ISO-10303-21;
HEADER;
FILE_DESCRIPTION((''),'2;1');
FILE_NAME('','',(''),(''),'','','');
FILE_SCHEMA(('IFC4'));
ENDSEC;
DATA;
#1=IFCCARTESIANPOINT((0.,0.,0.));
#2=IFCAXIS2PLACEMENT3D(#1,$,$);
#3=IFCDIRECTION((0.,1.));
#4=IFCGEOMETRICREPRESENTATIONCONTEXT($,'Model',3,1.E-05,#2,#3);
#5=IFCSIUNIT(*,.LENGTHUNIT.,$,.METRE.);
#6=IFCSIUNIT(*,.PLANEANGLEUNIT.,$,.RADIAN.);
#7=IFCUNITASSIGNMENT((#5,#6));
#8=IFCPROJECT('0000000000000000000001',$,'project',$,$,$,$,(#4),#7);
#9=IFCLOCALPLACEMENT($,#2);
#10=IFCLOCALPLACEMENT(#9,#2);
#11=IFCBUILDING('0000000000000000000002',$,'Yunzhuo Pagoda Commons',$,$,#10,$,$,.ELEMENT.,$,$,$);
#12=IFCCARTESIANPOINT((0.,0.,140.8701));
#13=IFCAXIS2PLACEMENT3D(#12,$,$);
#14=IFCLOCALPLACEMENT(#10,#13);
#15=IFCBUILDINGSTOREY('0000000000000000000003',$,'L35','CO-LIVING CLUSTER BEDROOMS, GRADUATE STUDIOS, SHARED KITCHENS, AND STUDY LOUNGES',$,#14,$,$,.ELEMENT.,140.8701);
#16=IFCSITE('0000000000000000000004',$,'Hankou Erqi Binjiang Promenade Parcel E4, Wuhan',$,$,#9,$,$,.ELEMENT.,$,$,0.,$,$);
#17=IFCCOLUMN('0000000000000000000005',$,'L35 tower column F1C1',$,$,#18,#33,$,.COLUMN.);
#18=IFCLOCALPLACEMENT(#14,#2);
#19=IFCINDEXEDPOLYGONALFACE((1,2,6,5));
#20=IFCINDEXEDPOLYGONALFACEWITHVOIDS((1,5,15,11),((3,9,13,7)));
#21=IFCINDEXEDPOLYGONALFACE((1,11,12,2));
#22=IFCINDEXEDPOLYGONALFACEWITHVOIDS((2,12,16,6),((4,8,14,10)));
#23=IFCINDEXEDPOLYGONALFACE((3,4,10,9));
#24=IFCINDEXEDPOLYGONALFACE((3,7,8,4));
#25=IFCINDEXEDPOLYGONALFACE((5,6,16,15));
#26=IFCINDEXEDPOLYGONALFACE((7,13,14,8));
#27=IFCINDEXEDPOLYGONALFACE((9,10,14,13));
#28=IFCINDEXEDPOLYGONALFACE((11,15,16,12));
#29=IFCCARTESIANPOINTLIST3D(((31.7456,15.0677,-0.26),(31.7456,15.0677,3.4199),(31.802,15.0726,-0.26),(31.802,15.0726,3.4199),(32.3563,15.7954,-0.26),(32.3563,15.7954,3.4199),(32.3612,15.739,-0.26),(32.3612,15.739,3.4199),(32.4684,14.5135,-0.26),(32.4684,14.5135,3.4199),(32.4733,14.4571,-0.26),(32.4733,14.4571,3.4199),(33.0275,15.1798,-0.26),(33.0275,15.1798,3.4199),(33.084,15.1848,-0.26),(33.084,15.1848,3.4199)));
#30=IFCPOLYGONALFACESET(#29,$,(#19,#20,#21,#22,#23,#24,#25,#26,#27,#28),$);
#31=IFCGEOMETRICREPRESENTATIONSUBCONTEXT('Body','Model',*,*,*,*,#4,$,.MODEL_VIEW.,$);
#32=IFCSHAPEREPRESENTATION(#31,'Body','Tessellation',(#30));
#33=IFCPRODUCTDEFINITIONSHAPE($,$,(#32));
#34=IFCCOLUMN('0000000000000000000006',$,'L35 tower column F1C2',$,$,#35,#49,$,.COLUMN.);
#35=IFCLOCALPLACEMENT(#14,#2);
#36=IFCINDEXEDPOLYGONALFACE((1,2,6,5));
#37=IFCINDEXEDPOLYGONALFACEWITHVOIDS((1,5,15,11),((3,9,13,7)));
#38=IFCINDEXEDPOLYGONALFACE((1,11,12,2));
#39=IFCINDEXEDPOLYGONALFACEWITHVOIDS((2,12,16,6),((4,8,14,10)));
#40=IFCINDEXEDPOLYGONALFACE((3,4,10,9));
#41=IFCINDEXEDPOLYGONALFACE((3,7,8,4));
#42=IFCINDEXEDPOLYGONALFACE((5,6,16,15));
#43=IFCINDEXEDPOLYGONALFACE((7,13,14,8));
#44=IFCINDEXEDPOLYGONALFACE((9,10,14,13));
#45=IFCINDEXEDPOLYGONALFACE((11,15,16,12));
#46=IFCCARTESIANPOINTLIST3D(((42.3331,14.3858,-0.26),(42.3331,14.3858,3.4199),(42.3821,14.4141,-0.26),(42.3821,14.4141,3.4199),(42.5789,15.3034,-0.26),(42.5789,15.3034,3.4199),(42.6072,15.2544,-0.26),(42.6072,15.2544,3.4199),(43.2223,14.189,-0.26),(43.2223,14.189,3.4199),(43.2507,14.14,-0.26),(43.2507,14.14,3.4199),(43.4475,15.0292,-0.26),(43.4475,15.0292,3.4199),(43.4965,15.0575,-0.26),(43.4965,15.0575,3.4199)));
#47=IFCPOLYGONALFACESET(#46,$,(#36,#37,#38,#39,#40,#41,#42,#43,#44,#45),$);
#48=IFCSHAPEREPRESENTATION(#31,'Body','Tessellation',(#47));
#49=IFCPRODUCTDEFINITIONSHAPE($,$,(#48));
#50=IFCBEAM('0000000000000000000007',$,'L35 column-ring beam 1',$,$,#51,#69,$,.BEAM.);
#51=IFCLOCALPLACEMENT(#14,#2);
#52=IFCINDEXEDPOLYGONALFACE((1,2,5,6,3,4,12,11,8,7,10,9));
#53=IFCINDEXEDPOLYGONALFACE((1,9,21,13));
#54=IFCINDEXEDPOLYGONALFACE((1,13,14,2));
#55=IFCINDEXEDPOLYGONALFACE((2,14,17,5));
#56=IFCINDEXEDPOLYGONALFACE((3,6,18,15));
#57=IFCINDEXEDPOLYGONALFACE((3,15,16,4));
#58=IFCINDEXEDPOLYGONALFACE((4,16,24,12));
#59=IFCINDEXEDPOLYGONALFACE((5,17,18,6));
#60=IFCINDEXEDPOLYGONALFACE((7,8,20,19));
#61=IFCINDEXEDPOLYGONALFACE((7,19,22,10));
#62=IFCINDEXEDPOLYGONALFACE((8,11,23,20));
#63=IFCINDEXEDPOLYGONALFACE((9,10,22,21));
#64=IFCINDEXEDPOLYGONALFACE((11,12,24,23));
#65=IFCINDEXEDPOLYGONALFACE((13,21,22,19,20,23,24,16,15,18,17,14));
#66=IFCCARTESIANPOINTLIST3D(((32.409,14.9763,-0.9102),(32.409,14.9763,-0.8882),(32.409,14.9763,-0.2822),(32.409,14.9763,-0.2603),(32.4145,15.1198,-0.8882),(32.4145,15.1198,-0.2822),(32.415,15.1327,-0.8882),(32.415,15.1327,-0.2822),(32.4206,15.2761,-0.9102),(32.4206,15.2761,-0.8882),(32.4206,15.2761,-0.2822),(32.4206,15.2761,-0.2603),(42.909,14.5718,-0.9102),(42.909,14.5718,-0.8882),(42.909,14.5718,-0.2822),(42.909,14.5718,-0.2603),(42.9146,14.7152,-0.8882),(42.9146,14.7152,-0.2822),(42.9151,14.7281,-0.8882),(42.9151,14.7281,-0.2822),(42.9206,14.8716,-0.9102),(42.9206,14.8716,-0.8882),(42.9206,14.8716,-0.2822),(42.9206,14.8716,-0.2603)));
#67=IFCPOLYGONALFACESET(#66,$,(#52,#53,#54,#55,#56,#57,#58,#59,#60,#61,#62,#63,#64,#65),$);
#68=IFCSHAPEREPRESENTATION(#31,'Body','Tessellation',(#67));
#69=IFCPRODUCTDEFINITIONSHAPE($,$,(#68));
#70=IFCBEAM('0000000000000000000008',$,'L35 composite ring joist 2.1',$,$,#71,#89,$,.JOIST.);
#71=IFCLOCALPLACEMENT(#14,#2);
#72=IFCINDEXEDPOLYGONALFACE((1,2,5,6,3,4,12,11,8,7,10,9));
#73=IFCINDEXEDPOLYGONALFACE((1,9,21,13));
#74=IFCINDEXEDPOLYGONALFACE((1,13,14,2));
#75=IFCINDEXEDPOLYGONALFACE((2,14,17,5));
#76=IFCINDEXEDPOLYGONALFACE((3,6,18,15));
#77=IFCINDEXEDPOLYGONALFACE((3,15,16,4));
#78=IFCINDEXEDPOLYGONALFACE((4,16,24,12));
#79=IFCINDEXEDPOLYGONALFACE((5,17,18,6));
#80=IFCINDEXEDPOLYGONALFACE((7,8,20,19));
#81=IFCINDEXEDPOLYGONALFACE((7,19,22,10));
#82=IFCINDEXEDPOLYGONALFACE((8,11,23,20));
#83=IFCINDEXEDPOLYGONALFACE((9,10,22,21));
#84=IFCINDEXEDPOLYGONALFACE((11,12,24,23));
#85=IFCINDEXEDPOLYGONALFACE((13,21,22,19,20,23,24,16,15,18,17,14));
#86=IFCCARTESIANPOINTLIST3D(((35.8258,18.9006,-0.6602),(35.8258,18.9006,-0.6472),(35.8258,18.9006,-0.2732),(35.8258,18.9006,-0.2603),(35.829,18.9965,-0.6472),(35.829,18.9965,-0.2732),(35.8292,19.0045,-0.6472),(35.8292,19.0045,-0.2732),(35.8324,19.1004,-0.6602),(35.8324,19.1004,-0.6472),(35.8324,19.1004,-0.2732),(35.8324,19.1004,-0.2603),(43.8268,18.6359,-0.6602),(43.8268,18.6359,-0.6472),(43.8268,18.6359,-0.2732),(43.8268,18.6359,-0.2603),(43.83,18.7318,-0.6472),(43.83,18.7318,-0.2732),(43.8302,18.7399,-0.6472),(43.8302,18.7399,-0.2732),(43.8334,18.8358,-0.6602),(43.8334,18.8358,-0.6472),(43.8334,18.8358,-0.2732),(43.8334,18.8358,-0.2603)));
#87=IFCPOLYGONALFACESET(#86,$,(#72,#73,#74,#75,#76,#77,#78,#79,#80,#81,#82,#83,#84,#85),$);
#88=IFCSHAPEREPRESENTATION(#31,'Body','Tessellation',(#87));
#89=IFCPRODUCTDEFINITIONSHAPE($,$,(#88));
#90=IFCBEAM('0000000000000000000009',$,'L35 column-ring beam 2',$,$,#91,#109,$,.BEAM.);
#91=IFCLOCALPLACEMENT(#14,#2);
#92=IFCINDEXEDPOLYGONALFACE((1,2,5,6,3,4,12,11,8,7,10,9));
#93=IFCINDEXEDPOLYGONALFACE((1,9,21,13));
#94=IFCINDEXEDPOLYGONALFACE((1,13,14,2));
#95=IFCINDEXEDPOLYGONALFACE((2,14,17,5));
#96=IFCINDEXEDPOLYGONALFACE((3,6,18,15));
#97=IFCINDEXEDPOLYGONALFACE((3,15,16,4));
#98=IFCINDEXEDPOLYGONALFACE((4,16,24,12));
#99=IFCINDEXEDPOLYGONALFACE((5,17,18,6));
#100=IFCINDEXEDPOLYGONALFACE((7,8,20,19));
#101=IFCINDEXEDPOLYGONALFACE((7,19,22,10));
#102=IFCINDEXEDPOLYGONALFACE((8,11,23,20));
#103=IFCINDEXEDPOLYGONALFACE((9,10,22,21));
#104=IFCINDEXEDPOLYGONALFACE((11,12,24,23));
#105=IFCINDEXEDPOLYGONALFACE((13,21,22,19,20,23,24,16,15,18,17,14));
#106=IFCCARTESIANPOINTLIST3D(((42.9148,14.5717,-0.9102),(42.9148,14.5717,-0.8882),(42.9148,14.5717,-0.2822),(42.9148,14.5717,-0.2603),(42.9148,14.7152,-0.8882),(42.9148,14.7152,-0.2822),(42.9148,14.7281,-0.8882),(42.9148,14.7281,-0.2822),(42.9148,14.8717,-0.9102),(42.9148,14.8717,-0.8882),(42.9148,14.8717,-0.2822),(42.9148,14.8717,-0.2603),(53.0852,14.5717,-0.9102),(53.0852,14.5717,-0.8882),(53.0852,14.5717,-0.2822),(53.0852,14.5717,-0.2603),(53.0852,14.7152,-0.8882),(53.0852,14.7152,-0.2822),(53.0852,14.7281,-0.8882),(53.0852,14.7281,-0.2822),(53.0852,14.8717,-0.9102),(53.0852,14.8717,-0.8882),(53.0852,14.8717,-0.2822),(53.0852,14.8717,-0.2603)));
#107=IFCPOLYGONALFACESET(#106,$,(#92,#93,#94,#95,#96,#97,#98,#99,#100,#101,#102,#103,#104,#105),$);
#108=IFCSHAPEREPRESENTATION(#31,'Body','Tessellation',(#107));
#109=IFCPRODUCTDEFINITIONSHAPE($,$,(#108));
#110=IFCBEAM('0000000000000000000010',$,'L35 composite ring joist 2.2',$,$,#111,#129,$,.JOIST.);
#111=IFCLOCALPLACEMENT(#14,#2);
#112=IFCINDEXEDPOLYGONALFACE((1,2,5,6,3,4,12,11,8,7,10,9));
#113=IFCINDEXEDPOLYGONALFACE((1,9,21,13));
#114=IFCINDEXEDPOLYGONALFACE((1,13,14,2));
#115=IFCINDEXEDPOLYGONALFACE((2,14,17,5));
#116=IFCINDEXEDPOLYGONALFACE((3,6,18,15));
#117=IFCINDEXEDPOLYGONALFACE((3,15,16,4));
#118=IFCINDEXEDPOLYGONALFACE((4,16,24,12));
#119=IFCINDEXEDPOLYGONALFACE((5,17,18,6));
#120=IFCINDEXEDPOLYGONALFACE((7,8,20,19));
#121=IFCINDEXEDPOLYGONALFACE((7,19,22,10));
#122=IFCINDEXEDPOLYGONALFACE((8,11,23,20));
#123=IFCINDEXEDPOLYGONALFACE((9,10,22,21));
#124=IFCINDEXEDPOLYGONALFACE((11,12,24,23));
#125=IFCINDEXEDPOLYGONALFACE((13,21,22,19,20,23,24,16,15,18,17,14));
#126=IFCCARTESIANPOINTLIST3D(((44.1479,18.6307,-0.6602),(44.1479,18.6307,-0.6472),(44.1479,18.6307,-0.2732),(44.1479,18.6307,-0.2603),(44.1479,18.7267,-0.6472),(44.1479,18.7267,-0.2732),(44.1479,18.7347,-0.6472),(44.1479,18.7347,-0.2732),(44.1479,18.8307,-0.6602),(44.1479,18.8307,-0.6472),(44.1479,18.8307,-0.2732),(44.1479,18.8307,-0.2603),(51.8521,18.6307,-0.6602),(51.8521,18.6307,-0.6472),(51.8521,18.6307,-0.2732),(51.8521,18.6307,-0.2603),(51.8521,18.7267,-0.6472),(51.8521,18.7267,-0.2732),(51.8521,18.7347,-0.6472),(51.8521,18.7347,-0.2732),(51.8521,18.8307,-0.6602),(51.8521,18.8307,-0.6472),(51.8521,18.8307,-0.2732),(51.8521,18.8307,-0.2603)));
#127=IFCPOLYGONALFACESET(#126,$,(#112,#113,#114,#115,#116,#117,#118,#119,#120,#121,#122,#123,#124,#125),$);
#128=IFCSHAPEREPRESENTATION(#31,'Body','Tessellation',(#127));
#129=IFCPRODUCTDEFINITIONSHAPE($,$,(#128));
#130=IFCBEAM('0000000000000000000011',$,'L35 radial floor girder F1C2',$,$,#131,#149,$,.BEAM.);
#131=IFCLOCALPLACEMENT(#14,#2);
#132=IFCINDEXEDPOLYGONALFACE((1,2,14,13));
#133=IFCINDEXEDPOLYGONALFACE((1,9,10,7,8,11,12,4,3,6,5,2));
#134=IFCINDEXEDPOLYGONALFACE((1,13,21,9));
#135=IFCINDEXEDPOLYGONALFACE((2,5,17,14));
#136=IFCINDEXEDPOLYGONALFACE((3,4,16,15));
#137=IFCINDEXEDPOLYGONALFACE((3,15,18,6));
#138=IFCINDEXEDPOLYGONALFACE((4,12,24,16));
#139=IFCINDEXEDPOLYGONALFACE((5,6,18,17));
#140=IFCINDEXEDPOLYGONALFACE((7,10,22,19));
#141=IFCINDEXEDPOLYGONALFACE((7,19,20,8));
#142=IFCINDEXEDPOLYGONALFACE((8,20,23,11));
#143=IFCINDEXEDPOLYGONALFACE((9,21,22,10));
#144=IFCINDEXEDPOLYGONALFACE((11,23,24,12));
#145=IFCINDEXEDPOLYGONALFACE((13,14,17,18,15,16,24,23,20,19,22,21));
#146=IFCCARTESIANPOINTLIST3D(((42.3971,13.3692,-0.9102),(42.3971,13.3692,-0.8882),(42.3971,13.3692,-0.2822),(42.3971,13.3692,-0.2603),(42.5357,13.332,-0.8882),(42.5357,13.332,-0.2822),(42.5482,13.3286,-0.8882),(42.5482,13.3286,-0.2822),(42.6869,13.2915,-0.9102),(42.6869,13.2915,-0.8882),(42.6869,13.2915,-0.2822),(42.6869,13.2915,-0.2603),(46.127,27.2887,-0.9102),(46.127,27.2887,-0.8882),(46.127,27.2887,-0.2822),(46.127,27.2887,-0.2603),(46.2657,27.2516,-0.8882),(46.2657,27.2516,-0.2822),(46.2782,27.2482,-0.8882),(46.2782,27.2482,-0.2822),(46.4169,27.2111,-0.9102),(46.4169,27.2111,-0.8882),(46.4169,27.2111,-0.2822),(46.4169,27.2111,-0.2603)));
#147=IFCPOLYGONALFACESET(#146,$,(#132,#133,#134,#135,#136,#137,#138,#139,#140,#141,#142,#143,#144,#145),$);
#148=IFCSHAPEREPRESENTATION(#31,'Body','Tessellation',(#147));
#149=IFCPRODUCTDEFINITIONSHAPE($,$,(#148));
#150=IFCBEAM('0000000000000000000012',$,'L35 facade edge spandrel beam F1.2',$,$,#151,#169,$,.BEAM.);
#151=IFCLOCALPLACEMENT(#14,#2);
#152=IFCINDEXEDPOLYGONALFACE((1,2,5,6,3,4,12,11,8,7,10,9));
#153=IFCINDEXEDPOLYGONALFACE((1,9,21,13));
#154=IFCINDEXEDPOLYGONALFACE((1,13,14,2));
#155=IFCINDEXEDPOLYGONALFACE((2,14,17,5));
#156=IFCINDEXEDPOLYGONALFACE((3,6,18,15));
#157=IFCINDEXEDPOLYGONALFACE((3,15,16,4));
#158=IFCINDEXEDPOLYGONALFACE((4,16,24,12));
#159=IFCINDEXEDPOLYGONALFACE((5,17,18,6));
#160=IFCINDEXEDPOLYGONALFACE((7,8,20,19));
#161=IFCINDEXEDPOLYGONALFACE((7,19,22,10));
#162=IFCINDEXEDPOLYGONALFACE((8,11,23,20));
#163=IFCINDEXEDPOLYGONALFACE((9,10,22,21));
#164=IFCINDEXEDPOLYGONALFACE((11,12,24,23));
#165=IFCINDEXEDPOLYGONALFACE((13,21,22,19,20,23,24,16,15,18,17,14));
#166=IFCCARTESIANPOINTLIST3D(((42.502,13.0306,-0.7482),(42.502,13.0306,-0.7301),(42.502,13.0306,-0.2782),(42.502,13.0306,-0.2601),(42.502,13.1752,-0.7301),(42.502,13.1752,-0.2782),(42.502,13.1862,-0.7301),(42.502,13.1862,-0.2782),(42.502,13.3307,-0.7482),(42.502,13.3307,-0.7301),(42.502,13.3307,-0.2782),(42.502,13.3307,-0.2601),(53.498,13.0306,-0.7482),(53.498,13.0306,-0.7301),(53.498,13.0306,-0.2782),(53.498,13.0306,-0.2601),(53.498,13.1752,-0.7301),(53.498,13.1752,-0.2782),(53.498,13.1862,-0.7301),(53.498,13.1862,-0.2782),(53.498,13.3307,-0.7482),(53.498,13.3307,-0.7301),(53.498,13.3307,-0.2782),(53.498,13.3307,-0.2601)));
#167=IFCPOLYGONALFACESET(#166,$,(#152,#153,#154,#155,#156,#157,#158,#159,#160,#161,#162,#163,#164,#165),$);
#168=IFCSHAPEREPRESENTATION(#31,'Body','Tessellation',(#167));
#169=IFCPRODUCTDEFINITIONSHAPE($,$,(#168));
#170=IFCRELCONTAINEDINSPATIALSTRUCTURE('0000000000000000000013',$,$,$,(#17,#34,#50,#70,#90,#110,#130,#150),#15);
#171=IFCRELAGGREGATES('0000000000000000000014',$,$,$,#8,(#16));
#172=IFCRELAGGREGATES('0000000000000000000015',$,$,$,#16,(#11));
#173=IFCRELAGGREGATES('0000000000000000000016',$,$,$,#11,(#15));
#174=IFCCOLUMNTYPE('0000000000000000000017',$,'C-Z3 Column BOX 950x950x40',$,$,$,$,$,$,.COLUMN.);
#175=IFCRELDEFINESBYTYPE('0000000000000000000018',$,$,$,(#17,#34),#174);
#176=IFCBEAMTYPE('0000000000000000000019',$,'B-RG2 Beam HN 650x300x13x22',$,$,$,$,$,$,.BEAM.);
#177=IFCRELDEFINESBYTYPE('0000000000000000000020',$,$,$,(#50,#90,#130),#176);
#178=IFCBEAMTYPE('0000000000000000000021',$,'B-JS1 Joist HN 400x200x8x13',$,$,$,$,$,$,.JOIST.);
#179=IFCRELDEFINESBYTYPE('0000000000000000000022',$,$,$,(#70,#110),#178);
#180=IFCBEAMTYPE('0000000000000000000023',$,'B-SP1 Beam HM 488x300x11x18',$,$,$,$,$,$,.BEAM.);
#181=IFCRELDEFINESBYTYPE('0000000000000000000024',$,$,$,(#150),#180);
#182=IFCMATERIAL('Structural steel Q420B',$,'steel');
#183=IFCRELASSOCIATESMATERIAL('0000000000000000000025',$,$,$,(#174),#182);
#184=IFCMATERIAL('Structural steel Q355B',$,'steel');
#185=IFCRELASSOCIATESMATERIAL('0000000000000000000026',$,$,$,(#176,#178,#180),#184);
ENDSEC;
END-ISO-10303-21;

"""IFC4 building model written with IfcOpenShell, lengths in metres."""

from ifc_helpers import new_model, si_unit, direction, frame, origin, origin_2d, place, context, subcontext, project, spatial, hollow_rectangle, i_section, extrude, source, transform, mapped, material, material_profile, profile_set, type_object, element, save


model = new_model("IFC4")

# Units and contexts
model_context = context("Model", 3, precision=1e-05, world=origin(), true_north=direction((0.0, 1.0)))
body_context = subcontext(model_context, "Body", "Model", "MODEL_VIEW")
ifc_project = project(units=[si_unit("LENGTHUNIT", "METRE"), si_unit("PLANEANGLEUNIT", "RADIAN")], contexts=[model_context])

# Site, building, storey
site_placement = place(None, origin())
site = spatial("IfcSite", under=ifc_project, at=site_placement, Name="Hankou Erqi Binjiang Promenade Parcel E4, Wuhan", CompositionType="ELEMENT", RefElevation=0.0)
building_placement = place(site_placement, origin())
building = spatial("IfcBuilding", under=site, at=building_placement, Name="Yunzhuo Pagoda Commons", CompositionType="ELEMENT")
storey_placement = place(building_placement, frame((0.0, 0.0, 140.8701)))
storey = spatial("IfcBuildingStorey", under=building, at=storey_placement, Name="L35", Description="CO-LIVING CLUSTER BEDROOMS, GRADUATE STUDIOS, SHARED KITCHENS, AND STUDY LOUNGES", CompositionType="ELEMENT", Elevation=140.8701)

# Columns
ifc_material_1 = material(Name="Structural steel Q420B", Category="steel")
ifc_material_profile_1 = material_profile(ifc_material_1, hollow_rectangle(XDim=0.95, YDim=0.95, WallThickness=0.04, at=origin_2d()), Name="Structural steel Q420B")
ifc_profile_set_1 = profile_set([ifc_material_profile_1], Name="Structural steel Q420B")
column_type = type_object("IfcColumnType", Name="C-Z3 Column BOX 950x950x40", PredefinedType="COLUMN", material=ifc_profile_set_1)
shared_shape_1 = source(origin(), body_context, "Body", "SweptSolid", [
    extrude(hollow_rectangle(XDim=0.95, YDim=0.95, WallThickness=0.04, at=origin_2d()), origin(), (0.0, 0.0, 1.0), 3.6799),
])
for number, where, z_axis, x_axis, name in (
    (1, (32.4148, 15.1262, -0.26), (0.0, 0.0, 1.0), (0.766044, -0.642788, 0.0), "L35 tower column F1C1"),
    (2, (42.9148, 14.7217, -0.26), (0.0, 0.0, 1.0), (0.965926, -0.258819, 0.0), "L35 tower column F1C2"),
):
    element("IfcColumn", number, at=place(storey_placement, frame(where, z_axis=z_axis, x_axis=x_axis)), inside=storey, type_object=column_type, Name=name, PredefinedType="COLUMN", context=body_context, shape_type="MappedRepresentation", body=[
        mapped(shared_shape_1, transform((0.0, 0.0, 0.0), scale=1.0)),
    ])

# Beams
ifc_material_2 = material(Name="Structural steel Q355B", Category="steel")
ifc_material_profile_2 = material_profile(ifc_material_2, i_section(OverallWidth=0.3, OverallDepth=0.6499, WebThickness=0.0129, FlangeThickness=0.022, at=origin_2d()), Name="Structural steel Q355B")
ifc_profile_set_2 = profile_set([ifc_material_profile_2], Name="Structural steel Q355B")
beam_type_1 = type_object("IfcBeamType", Name="B-RG2 Beam HN 650x300x13x22", PredefinedType="BEAM", material=ifc_profile_set_2)
shared_shape_2 = source(origin(), body_context, "Body", "SweptSolid", [
    extrude(i_section(OverallWidth=0.3, OverallDepth=0.6499, WebThickness=0.0129, FlangeThickness=0.022, at=origin_2d()), origin(), (0.0, 0.0, 1.0), 10.5078),
])
beam_1_placement = place(storey_placement, frame((32.4148, 15.1262, -0.5852), z_axis=(0.999259, -0.038499, 0.0), x_axis=(0.038499, 0.999259, 0.0)))
element("IfcBeam", 3, at=beam_1_placement, inside=storey, type_object=beam_type_1, Name="L35 column-ring beam 1", PredefinedType="BEAM", context=body_context, shape_type="MappedRepresentation", body=[
    mapped(shared_shape_2, transform((0.0, 0.0, 0.0), scale=1.0)),
])
ifc_material_profile_3 = material_profile(ifc_material_2, i_section(OverallWidth=0.2, OverallDepth=0.3999, WebThickness=0.0081, FlangeThickness=0.0129, at=origin_2d()), Name="Structural steel Q355B")
ifc_profile_set_3 = profile_set([ifc_material_profile_3], Name="Structural steel Q355B")
beam_type_2 = type_object("IfcBeamType", Name="B-JS1 Joist HN 400x200x8x13", PredefinedType="JOIST", material=ifc_profile_set_3)
shared_shape_3 = source(origin(), body_context, "Body", "SweptSolid", [
    extrude(i_section(OverallWidth=0.2, OverallDepth=0.3999, WebThickness=0.0081, FlangeThickness=0.0129, at=origin_2d()), origin(), (0.0, 0.0, 1.0), 8.0054),
])
beam_2_placement = place(storey_placement, frame((35.8291, 19.0005, -0.4602), z_axis=(0.999453, -0.033059, 0.0), x_axis=(0.033059, 0.999453, 0.0)))
element("IfcBeam", 4, at=beam_2_placement, inside=storey, type_object=beam_type_2, Name="L35 composite ring joist 2.1", PredefinedType="JOIST", context=body_context, shape_type="MappedRepresentation", body=[
    mapped(shared_shape_3, transform((0.0, 0.0, 0.0), scale=1.0)),
])
shared_shape_4 = source(origin(), body_context, "Body", "SweptSolid", [
    extrude(i_section(OverallWidth=0.3, OverallDepth=0.6499, WebThickness=0.0129, FlangeThickness=0.022, at=origin_2d()), origin(), (0.0, 0.0, 1.0), 10.1704),
])
beam_3_placement = place(storey_placement, frame((42.9148, 14.7217, -0.5852), z_axis=(1.0, 0.0, 0.0), x_axis=(0.0, 1.0, 0.0)))
element("IfcBeam", 5, at=beam_3_placement, inside=storey, type_object=beam_type_1, Name="L35 column-ring beam 2", PredefinedType="BEAM", context=body_context, shape_type="MappedRepresentation", body=[
    mapped(shared_shape_4, transform((0.0, 0.0, 0.0), scale=1.0)),
])
shared_shape_5 = source(origin(), body_context, "Body", "SweptSolid", [
    extrude(i_section(OverallWidth=0.2, OverallDepth=0.3999, WebThickness=0.0081, FlangeThickness=0.0129, at=origin_2d()), origin(), (0.0, 0.0, 1.0), 7.7041),
])
beam_4_placement = place(storey_placement, frame((44.1479, 18.7307, -0.4602), z_axis=(1.0, 0.0, 0.0), x_axis=(0.0, 1.0, 0.0)))
element("IfcBeam", 6, at=beam_4_placement, inside=storey, type_object=beam_type_2, Name="L35 composite ring joist 2.2", PredefinedType="JOIST", context=body_context, shape_type="MappedRepresentation", body=[
    mapped(shared_shape_5, transform((0.0, 0.0, 0.0), scale=1.0)),
])
shared_shape_6 = source(origin(), body_context, "Body", "SweptSolid", [
    extrude(i_section(OverallWidth=0.3, OverallDepth=0.6499, WebThickness=0.0129, FlangeThickness=0.022, at=origin_2d()), origin(), (0.0, 0.0, 1.0), 14.4106),
])
beam_5_placement = place(storey_placement, frame((42.542, 13.3303, -0.5852), z_axis=(0.258833, 0.965922, 0.0), x_axis=(-0.965922, 0.258833, 0.0)))
element("IfcBeam", 7, at=beam_5_placement, inside=storey, type_object=beam_type_1, Name="L35 radial floor girder F1C2", PredefinedType="BEAM", context=body_context, shape_type="MappedRepresentation", body=[
    mapped(shared_shape_6, transform((0.0, 0.0, 0.0), scale=1.0)),
])
ifc_material_profile_4 = material_profile(ifc_material_2, i_section(OverallWidth=0.3, OverallDepth=0.488, WebThickness=0.011, FlangeThickness=0.0181, at=origin_2d()), Name="Structural steel Q355B")
ifc_profile_set_4 = profile_set([ifc_material_profile_4], Name="Structural steel Q355B")
beam_type_3 = type_object("IfcBeamType", Name="B-SP1 Beam HM 488x300x11x18", PredefinedType="BEAM", material=ifc_profile_set_4)
shared_shape_7 = source(origin(), body_context, "Body", "SweptSolid", [
    extrude(i_section(OverallWidth=0.3, OverallDepth=0.488, WebThickness=0.011, FlangeThickness=0.0181, at=origin_2d()), origin(), (0.0, 0.0, 1.0), 10.9961),
])
beam_6_placement = place(storey_placement, frame((42.502, 13.1807, -0.5042), z_axis=(1.0, 0.0, 0.0), x_axis=(0.0, 1.0, 0.0)))
element("IfcBeam", 8, at=beam_6_placement, inside=storey, type_object=beam_type_3, Name="L35 facade edge spandrel beam F1.2", PredefinedType="BEAM", context=body_context, shape_type="MappedRepresentation", body=[
    mapped(shared_shape_7, transform((0.0, 0.0, 0.0), scale=1.0)),
])

save(model, "model.ifc")
